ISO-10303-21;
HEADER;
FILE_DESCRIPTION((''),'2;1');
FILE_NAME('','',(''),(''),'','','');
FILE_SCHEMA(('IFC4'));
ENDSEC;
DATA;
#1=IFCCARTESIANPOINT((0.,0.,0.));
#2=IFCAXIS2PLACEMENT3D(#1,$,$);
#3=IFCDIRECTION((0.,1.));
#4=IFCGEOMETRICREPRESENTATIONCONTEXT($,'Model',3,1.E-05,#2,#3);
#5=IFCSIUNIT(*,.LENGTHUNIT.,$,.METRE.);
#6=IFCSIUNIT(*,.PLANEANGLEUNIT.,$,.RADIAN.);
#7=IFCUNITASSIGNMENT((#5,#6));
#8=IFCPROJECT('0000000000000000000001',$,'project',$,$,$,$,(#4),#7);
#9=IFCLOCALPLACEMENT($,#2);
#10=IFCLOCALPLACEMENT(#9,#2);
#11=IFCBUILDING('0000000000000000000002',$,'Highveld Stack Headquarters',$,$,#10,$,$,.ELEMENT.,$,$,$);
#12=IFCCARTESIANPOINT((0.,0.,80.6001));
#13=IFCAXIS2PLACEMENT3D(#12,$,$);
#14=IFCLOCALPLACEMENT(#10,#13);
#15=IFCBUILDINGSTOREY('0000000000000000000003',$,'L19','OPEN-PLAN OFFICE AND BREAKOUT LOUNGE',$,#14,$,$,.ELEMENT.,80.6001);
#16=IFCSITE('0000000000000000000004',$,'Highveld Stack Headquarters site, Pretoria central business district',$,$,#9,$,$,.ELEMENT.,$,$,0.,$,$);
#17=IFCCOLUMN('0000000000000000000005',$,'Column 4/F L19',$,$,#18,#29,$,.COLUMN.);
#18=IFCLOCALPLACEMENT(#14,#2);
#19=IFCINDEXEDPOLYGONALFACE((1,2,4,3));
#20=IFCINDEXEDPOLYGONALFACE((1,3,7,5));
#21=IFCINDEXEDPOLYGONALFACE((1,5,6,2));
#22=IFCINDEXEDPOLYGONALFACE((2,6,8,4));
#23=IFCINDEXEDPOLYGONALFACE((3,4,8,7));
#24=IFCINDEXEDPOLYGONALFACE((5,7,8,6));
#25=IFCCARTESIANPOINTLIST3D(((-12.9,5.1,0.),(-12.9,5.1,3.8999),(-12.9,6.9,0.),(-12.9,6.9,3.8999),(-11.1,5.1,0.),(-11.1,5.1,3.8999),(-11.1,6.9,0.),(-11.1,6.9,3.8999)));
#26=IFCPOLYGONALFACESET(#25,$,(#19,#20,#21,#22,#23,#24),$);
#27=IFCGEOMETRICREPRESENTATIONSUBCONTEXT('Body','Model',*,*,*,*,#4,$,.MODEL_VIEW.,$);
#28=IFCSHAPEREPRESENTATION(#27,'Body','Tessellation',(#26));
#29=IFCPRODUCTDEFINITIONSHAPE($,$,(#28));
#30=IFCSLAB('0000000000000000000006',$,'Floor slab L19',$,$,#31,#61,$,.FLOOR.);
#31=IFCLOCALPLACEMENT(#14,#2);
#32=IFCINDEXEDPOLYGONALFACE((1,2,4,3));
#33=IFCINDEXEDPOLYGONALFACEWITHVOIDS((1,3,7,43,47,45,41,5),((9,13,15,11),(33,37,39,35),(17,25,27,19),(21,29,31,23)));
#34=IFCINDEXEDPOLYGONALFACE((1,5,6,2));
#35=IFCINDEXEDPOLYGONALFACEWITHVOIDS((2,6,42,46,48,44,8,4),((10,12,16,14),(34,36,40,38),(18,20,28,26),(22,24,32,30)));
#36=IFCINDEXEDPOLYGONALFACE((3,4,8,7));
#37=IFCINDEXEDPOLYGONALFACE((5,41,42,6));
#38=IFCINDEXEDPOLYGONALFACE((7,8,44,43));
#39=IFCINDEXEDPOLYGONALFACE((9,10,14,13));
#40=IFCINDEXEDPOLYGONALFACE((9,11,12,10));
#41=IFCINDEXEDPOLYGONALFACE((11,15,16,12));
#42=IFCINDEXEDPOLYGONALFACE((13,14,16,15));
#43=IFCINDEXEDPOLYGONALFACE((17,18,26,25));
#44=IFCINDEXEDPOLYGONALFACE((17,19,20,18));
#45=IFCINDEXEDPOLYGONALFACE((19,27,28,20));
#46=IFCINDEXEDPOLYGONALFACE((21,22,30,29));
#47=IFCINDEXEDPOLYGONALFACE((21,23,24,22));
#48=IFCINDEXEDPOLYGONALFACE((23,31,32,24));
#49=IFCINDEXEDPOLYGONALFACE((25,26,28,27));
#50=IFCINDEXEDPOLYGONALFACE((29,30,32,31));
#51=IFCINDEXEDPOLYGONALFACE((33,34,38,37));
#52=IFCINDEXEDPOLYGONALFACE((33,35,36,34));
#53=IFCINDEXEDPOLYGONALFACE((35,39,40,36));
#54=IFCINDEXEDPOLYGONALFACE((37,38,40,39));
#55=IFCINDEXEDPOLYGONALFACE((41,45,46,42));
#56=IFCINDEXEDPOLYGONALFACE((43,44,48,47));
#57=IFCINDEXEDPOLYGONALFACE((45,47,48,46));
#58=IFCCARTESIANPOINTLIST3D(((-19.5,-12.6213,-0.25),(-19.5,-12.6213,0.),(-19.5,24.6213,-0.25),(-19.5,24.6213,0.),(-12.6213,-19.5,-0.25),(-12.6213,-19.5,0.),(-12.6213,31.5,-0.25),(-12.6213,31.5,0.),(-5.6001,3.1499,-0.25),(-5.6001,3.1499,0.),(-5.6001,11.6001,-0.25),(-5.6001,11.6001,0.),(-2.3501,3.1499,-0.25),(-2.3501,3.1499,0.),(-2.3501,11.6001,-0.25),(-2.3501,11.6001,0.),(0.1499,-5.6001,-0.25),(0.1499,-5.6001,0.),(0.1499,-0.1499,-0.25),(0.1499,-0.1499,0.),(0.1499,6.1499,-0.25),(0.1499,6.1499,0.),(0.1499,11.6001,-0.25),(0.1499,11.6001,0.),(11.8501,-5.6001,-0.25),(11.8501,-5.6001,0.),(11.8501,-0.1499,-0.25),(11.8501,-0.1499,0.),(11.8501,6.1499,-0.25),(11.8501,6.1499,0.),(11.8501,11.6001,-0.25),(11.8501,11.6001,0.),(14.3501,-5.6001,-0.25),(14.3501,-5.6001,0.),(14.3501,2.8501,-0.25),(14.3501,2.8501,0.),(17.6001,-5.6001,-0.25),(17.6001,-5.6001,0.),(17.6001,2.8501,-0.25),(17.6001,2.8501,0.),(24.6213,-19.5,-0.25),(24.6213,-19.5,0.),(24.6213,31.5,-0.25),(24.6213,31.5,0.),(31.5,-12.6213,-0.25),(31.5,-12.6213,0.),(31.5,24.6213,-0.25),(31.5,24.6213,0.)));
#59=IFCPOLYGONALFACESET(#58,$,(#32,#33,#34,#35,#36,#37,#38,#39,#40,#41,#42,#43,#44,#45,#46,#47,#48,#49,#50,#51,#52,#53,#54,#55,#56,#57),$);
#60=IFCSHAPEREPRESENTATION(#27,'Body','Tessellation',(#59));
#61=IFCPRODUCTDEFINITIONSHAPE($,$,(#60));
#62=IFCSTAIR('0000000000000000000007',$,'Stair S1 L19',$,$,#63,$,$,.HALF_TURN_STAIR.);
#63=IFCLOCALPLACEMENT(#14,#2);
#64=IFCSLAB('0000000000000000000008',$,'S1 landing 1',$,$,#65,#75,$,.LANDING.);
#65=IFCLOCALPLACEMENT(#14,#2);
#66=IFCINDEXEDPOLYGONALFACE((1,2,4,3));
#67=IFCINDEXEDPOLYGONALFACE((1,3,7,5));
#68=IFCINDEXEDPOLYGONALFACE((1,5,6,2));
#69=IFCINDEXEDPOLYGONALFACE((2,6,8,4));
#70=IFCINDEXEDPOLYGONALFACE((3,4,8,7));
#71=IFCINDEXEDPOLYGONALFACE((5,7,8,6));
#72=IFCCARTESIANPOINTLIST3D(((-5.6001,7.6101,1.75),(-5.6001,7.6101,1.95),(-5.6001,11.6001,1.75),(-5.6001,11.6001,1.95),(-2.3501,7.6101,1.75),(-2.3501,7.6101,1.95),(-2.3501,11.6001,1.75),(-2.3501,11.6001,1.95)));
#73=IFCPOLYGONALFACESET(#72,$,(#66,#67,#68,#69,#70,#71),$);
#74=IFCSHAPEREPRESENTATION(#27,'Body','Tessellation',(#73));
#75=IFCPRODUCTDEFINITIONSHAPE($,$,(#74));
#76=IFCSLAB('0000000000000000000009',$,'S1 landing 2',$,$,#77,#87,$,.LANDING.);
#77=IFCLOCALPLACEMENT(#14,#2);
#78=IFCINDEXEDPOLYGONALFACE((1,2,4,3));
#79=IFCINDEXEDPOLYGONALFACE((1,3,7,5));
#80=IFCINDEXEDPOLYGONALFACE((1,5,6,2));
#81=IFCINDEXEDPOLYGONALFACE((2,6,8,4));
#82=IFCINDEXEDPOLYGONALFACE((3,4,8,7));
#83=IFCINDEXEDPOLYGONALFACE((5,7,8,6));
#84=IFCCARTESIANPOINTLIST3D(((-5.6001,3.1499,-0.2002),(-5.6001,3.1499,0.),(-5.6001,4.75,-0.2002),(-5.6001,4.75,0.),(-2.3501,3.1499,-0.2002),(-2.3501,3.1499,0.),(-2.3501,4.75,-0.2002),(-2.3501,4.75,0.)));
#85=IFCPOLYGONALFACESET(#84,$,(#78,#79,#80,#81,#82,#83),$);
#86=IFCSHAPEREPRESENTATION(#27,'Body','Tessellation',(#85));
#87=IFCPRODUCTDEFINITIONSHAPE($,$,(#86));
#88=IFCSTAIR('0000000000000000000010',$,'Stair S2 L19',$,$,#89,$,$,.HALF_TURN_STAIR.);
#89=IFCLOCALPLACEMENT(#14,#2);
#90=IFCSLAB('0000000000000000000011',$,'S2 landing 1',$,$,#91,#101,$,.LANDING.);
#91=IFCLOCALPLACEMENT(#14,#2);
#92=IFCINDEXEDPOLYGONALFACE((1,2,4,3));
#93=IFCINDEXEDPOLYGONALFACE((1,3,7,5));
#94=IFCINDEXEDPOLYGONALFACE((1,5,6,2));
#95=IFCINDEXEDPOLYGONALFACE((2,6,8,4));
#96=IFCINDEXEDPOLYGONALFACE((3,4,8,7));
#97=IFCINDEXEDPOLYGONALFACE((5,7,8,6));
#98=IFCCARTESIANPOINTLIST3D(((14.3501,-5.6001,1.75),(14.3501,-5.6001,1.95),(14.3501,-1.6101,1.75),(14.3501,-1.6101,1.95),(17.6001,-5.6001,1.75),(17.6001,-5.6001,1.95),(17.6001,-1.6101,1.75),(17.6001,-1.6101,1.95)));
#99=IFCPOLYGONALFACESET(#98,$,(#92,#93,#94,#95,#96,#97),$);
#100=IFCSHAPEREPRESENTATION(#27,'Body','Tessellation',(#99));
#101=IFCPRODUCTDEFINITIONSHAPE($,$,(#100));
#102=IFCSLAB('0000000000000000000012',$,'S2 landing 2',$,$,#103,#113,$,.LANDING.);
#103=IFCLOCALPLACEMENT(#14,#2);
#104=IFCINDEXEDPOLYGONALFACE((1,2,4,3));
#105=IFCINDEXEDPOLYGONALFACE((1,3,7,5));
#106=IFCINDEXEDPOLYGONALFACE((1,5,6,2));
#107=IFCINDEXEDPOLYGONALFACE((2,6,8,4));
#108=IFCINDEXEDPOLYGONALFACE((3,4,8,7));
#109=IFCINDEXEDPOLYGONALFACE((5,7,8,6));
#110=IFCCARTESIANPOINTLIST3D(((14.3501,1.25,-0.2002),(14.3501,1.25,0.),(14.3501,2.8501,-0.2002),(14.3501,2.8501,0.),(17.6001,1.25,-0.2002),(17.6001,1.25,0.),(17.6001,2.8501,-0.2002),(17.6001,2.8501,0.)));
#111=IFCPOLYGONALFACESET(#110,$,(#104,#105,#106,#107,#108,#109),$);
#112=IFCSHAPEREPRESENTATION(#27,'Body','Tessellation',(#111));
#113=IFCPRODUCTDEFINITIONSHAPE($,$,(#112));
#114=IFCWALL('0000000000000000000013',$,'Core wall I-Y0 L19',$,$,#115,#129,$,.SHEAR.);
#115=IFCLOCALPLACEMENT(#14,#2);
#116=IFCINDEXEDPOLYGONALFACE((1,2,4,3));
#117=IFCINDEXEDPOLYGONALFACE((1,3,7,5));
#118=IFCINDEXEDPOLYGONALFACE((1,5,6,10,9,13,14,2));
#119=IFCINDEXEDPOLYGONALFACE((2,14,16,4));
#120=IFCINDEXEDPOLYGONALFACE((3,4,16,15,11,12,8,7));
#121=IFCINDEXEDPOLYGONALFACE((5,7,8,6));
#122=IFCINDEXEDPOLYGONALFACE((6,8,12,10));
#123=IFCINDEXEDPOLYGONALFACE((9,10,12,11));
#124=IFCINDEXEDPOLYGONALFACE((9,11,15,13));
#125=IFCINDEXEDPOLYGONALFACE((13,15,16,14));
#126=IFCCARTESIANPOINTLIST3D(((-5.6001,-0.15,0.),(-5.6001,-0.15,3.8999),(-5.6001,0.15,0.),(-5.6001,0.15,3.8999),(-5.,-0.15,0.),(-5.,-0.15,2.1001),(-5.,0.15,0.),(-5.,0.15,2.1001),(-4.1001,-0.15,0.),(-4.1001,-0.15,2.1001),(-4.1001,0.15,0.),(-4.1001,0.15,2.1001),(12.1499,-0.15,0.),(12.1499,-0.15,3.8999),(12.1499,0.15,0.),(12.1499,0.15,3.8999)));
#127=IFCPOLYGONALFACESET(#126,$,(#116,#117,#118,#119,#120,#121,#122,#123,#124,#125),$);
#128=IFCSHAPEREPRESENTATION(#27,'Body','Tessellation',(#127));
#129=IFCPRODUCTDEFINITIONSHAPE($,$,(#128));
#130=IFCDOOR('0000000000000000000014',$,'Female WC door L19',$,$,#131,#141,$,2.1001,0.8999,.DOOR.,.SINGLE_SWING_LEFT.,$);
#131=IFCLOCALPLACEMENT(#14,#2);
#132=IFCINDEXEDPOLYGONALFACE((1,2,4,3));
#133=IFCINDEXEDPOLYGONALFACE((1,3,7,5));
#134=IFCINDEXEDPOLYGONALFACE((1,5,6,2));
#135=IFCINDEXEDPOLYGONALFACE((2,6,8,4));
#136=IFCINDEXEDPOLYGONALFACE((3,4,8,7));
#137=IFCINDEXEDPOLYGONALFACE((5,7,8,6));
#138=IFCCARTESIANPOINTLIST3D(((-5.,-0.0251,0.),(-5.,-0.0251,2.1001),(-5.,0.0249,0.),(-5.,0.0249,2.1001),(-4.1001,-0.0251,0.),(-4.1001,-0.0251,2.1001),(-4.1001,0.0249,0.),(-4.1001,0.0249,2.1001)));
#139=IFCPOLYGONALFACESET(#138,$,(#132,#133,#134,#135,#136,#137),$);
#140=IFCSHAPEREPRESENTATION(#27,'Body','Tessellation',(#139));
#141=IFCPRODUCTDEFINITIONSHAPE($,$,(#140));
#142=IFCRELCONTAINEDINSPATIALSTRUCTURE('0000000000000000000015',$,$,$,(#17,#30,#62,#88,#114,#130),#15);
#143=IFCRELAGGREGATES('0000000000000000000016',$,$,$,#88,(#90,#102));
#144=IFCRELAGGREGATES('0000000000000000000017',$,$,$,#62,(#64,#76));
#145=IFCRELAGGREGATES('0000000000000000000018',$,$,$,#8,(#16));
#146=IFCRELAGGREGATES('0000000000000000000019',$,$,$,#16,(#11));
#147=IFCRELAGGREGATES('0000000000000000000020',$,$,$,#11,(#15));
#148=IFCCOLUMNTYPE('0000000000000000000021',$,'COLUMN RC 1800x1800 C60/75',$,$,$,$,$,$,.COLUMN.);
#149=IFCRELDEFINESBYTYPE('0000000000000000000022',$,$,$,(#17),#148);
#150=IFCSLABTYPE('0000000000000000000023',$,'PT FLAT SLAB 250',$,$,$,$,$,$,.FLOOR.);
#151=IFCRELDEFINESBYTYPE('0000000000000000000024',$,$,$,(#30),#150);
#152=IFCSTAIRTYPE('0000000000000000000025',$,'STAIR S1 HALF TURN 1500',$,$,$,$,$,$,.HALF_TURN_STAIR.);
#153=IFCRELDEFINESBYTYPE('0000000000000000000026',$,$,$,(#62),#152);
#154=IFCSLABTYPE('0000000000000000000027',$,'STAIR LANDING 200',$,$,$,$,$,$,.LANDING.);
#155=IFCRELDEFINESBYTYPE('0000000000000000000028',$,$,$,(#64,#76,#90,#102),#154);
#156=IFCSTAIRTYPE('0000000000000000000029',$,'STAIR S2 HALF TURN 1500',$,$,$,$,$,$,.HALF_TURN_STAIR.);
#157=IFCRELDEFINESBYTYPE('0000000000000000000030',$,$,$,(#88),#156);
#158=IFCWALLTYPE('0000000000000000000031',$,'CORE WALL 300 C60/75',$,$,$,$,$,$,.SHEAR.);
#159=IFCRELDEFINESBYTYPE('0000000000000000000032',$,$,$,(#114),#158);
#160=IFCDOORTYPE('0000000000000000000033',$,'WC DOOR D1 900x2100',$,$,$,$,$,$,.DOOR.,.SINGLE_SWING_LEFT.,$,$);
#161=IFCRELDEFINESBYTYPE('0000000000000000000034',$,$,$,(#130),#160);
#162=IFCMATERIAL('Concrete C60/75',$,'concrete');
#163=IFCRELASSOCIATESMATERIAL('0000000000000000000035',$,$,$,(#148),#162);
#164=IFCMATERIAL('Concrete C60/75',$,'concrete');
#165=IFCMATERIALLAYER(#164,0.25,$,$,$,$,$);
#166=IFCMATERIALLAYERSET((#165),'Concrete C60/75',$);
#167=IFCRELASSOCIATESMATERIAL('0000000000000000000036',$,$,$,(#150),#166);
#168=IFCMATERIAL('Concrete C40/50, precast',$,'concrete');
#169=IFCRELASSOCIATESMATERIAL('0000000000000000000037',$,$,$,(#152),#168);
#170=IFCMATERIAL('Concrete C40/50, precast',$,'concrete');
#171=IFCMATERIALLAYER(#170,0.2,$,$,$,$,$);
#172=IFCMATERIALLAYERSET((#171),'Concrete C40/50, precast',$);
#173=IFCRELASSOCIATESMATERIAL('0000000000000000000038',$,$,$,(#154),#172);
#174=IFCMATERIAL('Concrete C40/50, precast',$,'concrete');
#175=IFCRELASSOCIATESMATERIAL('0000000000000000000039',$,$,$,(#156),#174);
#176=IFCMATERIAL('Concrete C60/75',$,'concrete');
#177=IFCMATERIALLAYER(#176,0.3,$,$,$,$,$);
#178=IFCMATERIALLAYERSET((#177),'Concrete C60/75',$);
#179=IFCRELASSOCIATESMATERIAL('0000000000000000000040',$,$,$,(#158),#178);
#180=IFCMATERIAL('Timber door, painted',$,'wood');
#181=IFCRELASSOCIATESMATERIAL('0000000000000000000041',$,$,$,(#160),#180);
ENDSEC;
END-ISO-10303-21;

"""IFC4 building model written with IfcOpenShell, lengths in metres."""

from ifc_helpers import new_model, si_unit, direction, frame, frame_2d, origin, origin_2d, place, context, subcontext, project, spatial, polyline, rectangle, outline, extrude, material, layer, layer_set, material_profile, profile_set, type_object, element, fill, aggregate, save


model = new_model("IFC4")

# Units and contexts
model_context = context("Model", 3, precision=1e-05, world=origin(), true_north=direction((0.0, 1.0)))
body_context = subcontext(model_context, "Body", "Model", "MODEL_VIEW")
ifc_project = project(units=[si_unit("LENGTHUNIT", "METRE"), si_unit("PLANEANGLEUNIT", "RADIAN")], contexts=[model_context])

# Site, building, storey
site_placement = place(None, origin())
site = spatial("IfcSite", under=ifc_project, at=site_placement, Name="Highveld Stack Headquarters site, Pretoria central business district", CompositionType="ELEMENT", RefElevation=0.0)
building_placement = place(site_placement, origin())
building = spatial("IfcBuilding", under=site, at=building_placement, Name="Highveld Stack Headquarters", CompositionType="ELEMENT")
storey_placement = place(building_placement, frame((0.0, 0.0, 80.6001)))
storey = spatial("IfcBuildingStorey", under=building, at=storey_placement, Name="L19", Description="OPEN-PLAN OFFICE AND BREAKOUT LOUNGE", CompositionType="ELEMENT", Elevation=80.6001)

# Column
ifc_material_1 = material(Name="Concrete C60/75", Category="concrete")
ifc_material_profile = material_profile(ifc_material_1, rectangle(XDim=1.8, YDim=1.8, at=origin_2d()), Name="RC 1800x1800")
ifc_profile_set = profile_set([ifc_material_profile], Name="Concrete C60/75")
column_type = type_object("IfcColumnType", Name="COLUMN RC 1800x1800 C60/75", PredefinedType="COLUMN", material=ifc_profile_set)
column_placement = place(storey_placement, frame((-12.0, 6.0, 0.0), z_axis=(0.0, 0.0, 1.0), x_axis=(1.0, 0.0, 0.0)))
element("IfcColumn", 1, at=column_placement, inside=storey, type_object=column_type, Name="Column 4/F L19", PredefinedType="COLUMN", context=body_context, shape_type="SweptSolid", body=[
    extrude(rectangle(XDim=1.8, YDim=1.8, at=origin_2d()), origin(), (0.0, 0.0, 1.0), 3.8999),
])

# Slab
ifc_material_2 = material(Name="Concrete C60/75", Category="concrete")
ifc_layer_1 = layer(ifc_material_2, 0.25)
ifc_layer_set_1 = layer_set([ifc_layer_1], Name="Concrete C60/75")
slab_type_1 = type_object("IfcSlabType", Name="PT FLAT SLAB 250", PredefinedType="FLOOR", material=ifc_layer_set_1)
slab_1_placement = place(storey_placement, frame((0.0, 0.0, -0.25)))
element("IfcSlab", 2, at=slab_1_placement, inside=storey, type_object=slab_type_1, Name="Floor slab L19", PredefinedType="FLOOR", context=body_context, shape_type="SweptSolid", body=[
    extrude(outline(polyline([(-12.6213, -19.5), (24.6213, -19.5), (31.5, -12.6213), (31.5, 24.6213), (24.6213, 31.5), (-12.6213, 31.5), (-19.5, 24.6213), (-19.5, -12.6213), (-12.6213, -19.5)]), holes=[polyline([(0.1499, 6.1499), (11.8501, 6.1499), (11.8501, 11.6001), (0.1499, 11.6001), (0.1499, 6.1499)]), polyline([(0.1499, -5.6001), (11.8501, -5.6001), (11.8501, -0.1499), (0.1499, -0.1499), (0.1499, -5.6001)]), polyline([(-5.6001, 3.1499), (-2.3501, 3.1499), (-2.3501, 11.6001), (-5.6001, 11.6001), (-5.6001, 3.1499)]), polyline([(14.3501, -5.6001), (17.6001, -5.6001), (17.6001, 2.8501), (14.3501, 2.8501), (14.3501, -5.6001)])]), origin(), (0.0, 0.0, 1.0), 0.25),
])

# Stairs, slabs
ifc_material_3 = material(Name="Concrete C40/50, precast", Category="concrete")
stair_type_1 = type_object("IfcStairType", Name="STAIR S1 HALF TURN 1500", PredefinedType="HALF_TURN_STAIR", material=ifc_material_3)
stair_1_placement = place(storey_placement, origin())
stair_1 = element("IfcStair", 3, at=stair_1_placement, inside=storey, type_object=stair_type_1, Name="Stair S1 L19", PredefinedType="HALF_TURN_STAIR")
ifc_material_4 = material(Name="Concrete C40/50, precast", Category="concrete")
ifc_layer_2 = layer(ifc_material_4, 0.2)
ifc_layer_set_2 = layer_set([ifc_layer_2], Name="Concrete C40/50, precast")
slab_type_2 = type_object("IfcSlabType", Name="STAIR LANDING 200", PredefinedType="LANDING", material=ifc_layer_set_2)
slab_2_placement = place(storey_placement, frame((0.0, 0.0, 1.75)))
slab_2 = element("IfcSlab", 4, at=slab_2_placement, type_object=slab_type_2, Name="S1 landing 1", PredefinedType="LANDING", context=body_context, shape_type="SweptSolid", body=[
    extrude(outline(polyline([(-5.6001, 7.6101), (-2.3501, 7.6101), (-2.3501, 11.6001), (-5.6001, 11.6001), (-5.6001, 7.6101)])), origin(), (0.0, 0.0, 1.0), 0.2),
])
slab_3_placement = place(storey_placement, frame((0.0, 0.0, -0.2002)))
slab_3 = element("IfcSlab", 5, at=slab_3_placement, type_object=slab_type_2, Name="S1 landing 2", PredefinedType="LANDING", context=body_context, shape_type="SweptSolid", body=[
    extrude(outline(polyline([(-5.6001, 3.1499), (-2.3501, 3.1499), (-2.3501, 4.75), (-5.6001, 4.75), (-5.6001, 3.1499)])), origin(), (0.0, 0.0, 1.0), 0.2002),
])
ifc_material_5 = material(Name="Concrete C40/50, precast", Category="concrete")
stair_type_2 = type_object("IfcStairType", Name="STAIR S2 HALF TURN 1500", PredefinedType="HALF_TURN_STAIR", material=ifc_material_5)
stair_2_placement = place(storey_placement, origin())
stair_2 = element("IfcStair", 6, at=stair_2_placement, inside=storey, type_object=stair_type_2, Name="Stair S2 L19", PredefinedType="HALF_TURN_STAIR")
slab_4_placement = place(storey_placement, frame((0.0, 0.0, 1.75)))
slab_4 = element("IfcSlab", 7, at=slab_4_placement, type_object=slab_type_2, Name="S2 landing 1", PredefinedType="LANDING", context=body_context, shape_type="SweptSolid", body=[
    extrude(outline(polyline([(14.3501, -5.6001), (17.6001, -5.6001), (17.6001, -1.6101), (14.3501, -1.6101), (14.3501, -5.6001)])), origin(), (0.0, 0.0, 1.0), 0.2),
])
slab_5_placement = place(storey_placement, frame((0.0, 0.0, -0.2002)))
slab_5 = element("IfcSlab", 8, at=slab_5_placement, type_object=slab_type_2, Name="S2 landing 2", PredefinedType="LANDING", context=body_context, shape_type="SweptSolid", body=[
    extrude(outline(polyline([(14.3501, 1.25), (17.6001, 1.25), (17.6001, 2.8501), (14.3501, 2.8501), (14.3501, 1.25)])), origin(), (0.0, 0.0, 1.0), 0.2002),
])
aggregate(stair_2, [slab_4, slab_5])

# Wall, opening, door
ifc_material_6 = material(Name="Concrete C60/75", Category="concrete")
ifc_layer_3 = layer(ifc_material_6, 0.3)
ifc_layer_set_3 = layer_set([ifc_layer_3], Name="Concrete C60/75")
wall_type = type_object("IfcWallType", Name="CORE WALL 300 C60/75", PredefinedType="SHEAR", material=ifc_layer_set_3)
wall_1_placement = place(storey_placement, frame((-5.6001, 0.0, 0.0), z_axis=(0.0, 0.0, 1.0), x_axis=(1.0, 0.0, 0.0)))
wall_1 = element("IfcWall", 9, at=wall_1_placement, inside=storey, type_object=wall_type, Name="Core wall I-Y0 L19", PredefinedType="SHEAR", context=body_context, shape_type="SweptSolid", body=[
    extrude(rectangle(XDim=17.75, YDim=0.3, at=frame_2d((8.875, 0.0))), origin(), (0.0, 0.0, 1.0), 3.8999),
])
opening_1_placement = place(wall_1_placement, frame((0.6001, 0.0, 0.0)))
opening_1 = element("IfcOpeningElement", 10, at=opening_1_placement, cuts=wall_1, PredefinedType="OPENING", context=body_context, shape_type="SweptSolid", body=[
    extrude(rectangle(XDim=0.8999, YDim=2.1001, at=frame_2d((0.45, 1.05))), frame((0.0, 0.1599, 0.0), z_axis=(0.0, -1.0, 0.0), x_axis=(1.0, 0.0, 0.0)), (0.0, 0.0, 1.0), 0.3201),
])
ifc_material_7 = material(Name="Timber door, painted", Category="wood")
door_type_1 = type_object("IfcDoorType", Name="WC DOOR D1 900x2100", OperationType="SINGLE_SWING_LEFT", PredefinedType="DOOR", material=ifc_material_7)
door_1_placement = place(opening_1_placement, origin())
door_1 = element("IfcDoor", 11, at=door_1_placement, inside=storey, type_object=door_type_1, Name="Female WC door L19", OperationType="SINGLE_SWING_LEFT", OverallHeight=2.1001, OverallWidth=0.8999, PredefinedType="DOOR", context=body_context, shape_type="SweptSolid", body=[
    extrude(rectangle(XDim=0.8999, YDim=2.1001, at=frame_2d((0.45, 1.05))), frame((0.0, 0.0249, 0.0), z_axis=(0.0, -1.0, 0.0), x_axis=(1.0, 0.0, 0.0)), (0.0, 0.0, 1.0), 0.05),
])
fill(opening_1, door_1)

aggregate(stair_1, [slab_2, slab_3])

save(model, "model.ifc")
